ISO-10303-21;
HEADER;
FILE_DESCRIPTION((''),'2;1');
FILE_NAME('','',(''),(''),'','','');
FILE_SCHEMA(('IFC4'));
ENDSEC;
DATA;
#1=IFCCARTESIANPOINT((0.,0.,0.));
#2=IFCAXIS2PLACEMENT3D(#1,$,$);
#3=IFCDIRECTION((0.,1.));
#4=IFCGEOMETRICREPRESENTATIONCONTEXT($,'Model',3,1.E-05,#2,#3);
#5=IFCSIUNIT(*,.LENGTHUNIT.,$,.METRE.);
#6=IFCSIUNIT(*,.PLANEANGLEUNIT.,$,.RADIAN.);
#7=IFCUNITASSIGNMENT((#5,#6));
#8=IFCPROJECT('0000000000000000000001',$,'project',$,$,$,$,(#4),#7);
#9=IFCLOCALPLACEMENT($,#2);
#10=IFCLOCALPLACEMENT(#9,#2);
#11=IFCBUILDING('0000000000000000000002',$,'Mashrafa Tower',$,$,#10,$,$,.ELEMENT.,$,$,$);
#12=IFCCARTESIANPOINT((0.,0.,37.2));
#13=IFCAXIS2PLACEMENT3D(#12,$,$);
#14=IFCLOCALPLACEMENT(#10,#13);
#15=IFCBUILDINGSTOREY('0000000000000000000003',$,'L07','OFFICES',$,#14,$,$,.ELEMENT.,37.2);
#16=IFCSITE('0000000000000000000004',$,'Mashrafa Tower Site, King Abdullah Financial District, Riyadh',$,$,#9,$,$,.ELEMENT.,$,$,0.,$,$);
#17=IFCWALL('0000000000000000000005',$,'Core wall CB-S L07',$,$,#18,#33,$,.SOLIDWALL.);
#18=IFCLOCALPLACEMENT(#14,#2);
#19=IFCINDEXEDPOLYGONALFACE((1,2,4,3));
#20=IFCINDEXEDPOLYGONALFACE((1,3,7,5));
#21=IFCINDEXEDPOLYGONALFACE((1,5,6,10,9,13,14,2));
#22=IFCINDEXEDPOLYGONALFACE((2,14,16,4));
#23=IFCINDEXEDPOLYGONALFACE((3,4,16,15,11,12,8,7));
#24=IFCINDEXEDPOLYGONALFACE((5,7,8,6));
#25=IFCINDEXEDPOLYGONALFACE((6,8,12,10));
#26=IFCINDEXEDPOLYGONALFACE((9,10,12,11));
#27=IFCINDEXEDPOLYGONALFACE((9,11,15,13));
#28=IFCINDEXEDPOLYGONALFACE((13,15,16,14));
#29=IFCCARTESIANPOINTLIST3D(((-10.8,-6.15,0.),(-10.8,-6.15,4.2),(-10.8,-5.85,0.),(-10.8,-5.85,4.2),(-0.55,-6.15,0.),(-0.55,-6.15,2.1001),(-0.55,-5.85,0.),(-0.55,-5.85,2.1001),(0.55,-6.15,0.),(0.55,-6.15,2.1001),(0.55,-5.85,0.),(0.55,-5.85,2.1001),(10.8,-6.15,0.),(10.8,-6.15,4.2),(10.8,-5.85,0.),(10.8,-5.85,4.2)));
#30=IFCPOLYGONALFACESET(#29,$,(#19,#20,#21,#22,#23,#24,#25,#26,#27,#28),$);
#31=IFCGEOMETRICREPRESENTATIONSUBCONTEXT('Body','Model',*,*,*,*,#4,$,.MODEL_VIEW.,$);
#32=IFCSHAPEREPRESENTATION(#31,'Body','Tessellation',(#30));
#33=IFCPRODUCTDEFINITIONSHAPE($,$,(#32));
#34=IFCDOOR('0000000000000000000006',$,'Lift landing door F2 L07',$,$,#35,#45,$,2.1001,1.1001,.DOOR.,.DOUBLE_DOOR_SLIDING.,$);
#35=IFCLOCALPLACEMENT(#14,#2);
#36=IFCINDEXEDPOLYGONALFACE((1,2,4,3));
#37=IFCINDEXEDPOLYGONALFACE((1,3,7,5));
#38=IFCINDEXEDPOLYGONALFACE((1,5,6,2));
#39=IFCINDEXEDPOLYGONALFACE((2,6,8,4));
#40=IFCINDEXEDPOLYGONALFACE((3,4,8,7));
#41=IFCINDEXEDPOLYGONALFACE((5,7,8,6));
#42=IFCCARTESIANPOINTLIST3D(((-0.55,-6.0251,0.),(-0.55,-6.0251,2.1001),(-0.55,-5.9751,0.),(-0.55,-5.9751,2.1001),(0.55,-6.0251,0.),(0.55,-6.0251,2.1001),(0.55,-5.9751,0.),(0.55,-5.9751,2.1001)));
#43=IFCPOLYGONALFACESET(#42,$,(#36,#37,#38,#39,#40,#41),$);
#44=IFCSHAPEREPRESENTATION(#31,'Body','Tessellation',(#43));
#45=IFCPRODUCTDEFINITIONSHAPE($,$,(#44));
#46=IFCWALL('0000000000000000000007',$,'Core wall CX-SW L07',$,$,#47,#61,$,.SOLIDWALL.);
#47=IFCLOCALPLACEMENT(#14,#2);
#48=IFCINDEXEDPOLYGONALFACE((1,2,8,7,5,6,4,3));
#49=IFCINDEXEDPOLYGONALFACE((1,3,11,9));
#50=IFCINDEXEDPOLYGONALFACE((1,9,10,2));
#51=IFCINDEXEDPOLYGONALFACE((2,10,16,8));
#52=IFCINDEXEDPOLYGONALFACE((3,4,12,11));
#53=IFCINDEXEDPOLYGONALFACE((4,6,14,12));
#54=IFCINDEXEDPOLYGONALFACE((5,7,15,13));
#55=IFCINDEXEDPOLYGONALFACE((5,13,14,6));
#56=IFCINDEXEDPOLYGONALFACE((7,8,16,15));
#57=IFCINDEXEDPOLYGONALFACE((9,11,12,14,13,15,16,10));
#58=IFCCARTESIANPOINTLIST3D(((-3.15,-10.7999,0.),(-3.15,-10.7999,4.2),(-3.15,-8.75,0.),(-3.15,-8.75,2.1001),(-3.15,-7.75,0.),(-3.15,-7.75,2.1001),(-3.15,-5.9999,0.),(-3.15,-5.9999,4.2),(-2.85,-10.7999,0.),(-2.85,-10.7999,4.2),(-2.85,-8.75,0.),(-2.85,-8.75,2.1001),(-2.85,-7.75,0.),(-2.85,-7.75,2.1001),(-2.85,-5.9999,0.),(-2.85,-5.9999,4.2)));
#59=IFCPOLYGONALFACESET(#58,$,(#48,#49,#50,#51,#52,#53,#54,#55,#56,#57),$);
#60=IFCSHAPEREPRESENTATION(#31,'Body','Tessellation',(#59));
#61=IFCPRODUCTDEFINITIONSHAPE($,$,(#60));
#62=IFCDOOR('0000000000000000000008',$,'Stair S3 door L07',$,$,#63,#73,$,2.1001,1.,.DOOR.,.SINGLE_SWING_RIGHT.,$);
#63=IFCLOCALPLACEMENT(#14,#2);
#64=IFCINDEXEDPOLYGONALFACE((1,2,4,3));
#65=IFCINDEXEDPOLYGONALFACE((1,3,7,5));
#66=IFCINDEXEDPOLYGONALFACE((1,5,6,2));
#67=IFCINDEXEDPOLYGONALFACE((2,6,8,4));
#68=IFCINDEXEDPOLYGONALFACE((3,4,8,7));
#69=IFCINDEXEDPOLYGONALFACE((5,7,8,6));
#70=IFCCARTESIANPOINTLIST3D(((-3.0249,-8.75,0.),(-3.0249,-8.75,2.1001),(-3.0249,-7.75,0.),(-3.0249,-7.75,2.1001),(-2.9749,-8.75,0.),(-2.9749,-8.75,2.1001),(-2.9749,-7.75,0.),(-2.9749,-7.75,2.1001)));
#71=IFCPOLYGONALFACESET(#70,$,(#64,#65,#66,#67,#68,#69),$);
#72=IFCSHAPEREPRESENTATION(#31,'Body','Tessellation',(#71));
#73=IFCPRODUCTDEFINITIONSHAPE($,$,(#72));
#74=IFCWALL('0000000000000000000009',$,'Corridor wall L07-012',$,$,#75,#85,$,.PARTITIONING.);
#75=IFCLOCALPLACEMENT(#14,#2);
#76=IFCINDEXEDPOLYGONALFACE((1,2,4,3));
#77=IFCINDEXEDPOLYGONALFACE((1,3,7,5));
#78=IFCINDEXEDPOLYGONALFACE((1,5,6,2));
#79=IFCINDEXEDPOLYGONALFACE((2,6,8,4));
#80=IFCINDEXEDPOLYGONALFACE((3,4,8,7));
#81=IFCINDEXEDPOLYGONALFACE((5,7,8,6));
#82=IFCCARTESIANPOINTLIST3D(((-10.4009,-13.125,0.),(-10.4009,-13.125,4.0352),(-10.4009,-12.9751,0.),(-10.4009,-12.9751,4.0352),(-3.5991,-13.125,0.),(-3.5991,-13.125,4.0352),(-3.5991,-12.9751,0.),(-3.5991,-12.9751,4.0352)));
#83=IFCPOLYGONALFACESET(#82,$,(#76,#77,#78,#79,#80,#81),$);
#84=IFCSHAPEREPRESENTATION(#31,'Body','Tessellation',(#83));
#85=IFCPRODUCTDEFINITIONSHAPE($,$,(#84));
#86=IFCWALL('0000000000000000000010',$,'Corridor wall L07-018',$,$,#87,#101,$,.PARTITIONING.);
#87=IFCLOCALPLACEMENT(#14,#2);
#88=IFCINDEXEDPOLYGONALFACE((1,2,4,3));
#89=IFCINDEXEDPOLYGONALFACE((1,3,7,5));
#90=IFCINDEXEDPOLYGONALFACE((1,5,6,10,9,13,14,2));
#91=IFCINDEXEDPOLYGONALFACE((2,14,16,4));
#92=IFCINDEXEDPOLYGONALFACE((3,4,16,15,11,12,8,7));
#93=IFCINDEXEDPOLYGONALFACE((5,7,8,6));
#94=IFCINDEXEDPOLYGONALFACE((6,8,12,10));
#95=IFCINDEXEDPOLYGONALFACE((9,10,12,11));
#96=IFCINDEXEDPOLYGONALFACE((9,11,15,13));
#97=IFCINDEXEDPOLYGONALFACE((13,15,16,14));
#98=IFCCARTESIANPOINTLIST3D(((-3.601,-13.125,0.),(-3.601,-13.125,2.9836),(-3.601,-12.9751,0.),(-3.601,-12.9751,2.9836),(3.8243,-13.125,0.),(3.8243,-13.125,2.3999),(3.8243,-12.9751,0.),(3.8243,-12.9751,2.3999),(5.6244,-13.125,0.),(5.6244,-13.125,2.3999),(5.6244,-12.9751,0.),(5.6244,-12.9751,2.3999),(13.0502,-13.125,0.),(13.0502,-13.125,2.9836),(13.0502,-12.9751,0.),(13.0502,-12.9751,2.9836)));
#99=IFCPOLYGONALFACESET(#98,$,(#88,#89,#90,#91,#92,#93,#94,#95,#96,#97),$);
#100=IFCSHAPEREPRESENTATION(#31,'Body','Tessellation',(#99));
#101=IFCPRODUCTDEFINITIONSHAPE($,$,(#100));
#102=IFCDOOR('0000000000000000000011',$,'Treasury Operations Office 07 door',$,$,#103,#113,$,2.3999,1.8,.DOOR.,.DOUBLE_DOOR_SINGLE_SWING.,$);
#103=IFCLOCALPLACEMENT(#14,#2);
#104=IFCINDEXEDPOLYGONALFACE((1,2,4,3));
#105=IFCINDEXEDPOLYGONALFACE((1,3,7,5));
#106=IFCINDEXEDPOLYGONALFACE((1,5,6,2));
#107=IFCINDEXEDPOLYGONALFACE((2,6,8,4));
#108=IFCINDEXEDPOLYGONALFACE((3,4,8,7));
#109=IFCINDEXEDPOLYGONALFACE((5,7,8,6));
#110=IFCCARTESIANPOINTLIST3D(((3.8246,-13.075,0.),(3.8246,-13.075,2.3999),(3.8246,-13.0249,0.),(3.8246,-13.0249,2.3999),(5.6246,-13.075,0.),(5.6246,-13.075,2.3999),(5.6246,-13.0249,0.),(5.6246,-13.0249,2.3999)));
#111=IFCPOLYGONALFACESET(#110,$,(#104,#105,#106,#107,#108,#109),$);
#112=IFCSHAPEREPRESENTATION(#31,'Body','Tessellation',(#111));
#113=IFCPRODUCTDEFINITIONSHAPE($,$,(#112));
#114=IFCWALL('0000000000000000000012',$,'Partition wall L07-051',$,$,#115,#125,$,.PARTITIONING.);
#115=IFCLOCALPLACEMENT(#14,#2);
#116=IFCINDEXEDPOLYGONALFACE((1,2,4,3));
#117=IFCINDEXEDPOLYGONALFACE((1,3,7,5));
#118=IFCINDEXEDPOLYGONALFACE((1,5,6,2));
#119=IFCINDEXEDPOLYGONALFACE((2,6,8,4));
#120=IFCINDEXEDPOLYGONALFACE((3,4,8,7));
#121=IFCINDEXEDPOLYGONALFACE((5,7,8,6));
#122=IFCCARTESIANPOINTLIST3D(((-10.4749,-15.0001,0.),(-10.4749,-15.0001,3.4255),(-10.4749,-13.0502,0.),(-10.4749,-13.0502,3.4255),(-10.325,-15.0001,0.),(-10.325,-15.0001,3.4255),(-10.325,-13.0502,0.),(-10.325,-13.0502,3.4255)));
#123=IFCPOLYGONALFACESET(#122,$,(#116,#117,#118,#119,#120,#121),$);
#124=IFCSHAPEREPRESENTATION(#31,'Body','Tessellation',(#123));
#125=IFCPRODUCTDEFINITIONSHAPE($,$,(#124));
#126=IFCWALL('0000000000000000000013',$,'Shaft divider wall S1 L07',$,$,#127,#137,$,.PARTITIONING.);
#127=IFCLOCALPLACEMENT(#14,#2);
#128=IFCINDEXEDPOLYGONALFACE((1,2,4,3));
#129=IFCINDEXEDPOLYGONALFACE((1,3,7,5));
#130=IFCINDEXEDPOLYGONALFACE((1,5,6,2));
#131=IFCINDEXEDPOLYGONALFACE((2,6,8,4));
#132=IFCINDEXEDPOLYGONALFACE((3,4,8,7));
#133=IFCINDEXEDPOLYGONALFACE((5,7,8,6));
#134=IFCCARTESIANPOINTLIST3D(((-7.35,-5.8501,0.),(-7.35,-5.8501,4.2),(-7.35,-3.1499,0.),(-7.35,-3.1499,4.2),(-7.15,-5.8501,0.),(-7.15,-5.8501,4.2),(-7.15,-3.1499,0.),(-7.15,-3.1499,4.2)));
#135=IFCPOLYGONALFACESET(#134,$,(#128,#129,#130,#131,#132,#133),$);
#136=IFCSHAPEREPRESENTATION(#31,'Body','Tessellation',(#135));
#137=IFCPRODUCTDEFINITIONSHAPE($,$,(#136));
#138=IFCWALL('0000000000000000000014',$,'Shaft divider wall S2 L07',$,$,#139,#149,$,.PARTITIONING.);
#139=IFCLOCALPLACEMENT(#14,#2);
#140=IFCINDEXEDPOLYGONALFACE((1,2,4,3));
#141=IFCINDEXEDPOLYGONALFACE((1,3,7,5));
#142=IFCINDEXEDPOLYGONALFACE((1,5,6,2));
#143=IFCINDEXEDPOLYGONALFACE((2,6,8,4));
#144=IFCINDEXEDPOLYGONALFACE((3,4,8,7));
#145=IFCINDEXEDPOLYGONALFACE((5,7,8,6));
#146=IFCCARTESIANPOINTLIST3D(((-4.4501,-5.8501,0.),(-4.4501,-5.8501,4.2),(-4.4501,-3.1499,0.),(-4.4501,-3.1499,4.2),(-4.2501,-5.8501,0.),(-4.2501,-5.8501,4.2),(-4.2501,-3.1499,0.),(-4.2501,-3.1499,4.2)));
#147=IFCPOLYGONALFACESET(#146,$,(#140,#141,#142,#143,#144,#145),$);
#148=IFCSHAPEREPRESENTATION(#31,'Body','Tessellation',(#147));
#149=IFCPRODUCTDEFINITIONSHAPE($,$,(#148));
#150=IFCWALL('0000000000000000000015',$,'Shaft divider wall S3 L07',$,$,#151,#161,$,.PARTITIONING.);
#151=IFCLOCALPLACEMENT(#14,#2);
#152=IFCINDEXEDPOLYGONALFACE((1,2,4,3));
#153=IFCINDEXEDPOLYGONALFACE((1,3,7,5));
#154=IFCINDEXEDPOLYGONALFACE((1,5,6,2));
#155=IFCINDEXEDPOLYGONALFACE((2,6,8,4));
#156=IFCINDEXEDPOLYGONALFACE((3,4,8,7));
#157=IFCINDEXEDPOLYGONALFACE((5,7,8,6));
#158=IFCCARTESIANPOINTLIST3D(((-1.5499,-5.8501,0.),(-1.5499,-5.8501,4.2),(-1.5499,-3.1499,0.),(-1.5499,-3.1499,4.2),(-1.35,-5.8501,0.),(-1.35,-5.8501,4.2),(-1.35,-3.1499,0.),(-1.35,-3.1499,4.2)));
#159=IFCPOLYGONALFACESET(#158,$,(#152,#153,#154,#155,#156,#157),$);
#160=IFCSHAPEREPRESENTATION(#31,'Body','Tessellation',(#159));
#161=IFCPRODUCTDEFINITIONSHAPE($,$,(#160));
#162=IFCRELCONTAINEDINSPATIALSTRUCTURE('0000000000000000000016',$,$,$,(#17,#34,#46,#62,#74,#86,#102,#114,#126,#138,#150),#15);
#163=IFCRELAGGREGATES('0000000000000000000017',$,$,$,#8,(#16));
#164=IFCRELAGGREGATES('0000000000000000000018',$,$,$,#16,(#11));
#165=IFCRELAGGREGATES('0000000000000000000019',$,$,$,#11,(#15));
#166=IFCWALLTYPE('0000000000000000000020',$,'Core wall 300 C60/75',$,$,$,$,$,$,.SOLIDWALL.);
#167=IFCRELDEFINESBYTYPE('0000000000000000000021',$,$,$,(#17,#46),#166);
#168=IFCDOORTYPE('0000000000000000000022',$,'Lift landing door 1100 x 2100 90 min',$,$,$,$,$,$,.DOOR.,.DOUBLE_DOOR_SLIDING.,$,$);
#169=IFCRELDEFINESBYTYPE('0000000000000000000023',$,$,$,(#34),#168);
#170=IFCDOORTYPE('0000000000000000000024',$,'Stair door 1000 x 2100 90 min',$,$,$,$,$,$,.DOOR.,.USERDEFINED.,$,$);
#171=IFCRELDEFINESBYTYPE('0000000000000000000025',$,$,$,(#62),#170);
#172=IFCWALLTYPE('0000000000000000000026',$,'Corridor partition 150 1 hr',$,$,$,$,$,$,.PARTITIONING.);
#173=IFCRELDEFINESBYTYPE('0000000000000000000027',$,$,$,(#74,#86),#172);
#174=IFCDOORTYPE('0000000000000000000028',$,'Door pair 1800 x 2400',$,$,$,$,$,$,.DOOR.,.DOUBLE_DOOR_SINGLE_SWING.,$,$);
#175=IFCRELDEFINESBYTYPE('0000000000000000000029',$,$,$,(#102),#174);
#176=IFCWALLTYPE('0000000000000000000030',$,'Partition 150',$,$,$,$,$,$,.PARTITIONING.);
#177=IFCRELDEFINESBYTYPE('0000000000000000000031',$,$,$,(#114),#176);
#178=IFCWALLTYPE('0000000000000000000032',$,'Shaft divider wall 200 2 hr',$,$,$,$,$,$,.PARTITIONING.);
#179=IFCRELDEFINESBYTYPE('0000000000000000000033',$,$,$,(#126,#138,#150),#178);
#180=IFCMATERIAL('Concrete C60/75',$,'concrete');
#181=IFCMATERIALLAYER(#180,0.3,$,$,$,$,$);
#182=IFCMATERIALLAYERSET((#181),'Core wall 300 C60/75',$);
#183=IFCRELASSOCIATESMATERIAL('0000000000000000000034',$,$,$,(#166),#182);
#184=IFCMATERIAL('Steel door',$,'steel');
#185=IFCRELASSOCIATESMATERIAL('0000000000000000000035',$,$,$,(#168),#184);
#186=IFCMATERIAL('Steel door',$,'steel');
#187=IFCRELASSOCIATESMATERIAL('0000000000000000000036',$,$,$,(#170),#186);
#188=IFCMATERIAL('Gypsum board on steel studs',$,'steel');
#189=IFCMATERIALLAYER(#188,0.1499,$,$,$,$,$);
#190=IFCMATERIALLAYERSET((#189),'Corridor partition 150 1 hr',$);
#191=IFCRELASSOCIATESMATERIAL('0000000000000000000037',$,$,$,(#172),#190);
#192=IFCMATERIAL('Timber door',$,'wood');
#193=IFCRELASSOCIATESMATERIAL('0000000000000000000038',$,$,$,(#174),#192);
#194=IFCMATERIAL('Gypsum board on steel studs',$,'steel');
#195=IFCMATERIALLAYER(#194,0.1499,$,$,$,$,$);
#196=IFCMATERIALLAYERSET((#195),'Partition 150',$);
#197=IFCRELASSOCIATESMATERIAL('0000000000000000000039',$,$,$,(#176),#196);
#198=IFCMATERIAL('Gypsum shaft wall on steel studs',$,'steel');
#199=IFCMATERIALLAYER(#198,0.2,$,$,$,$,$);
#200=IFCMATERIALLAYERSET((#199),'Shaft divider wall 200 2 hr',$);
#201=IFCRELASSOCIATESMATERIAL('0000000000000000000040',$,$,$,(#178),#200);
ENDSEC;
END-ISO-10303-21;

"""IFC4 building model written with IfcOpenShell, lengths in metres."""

from ifc_helpers import new_model, si_unit, direction, frame, frame_2d, origin, place, context, subcontext, project, spatial, rectangle, extrude, material, layer, layer_set, type_object, element, fill, save


model = new_model("IFC4")

# Units and contexts
model_context = context("Model", 3, precision=1e-05, world=origin(), true_north=direction((0.0, 1.0)))
body_context = subcontext(model_context, "Body", "Model", "MODEL_VIEW")
ifc_project = project(units=[si_unit("LENGTHUNIT", "METRE"), si_unit("PLANEANGLEUNIT", "RADIAN")], contexts=[model_context])

# Site, building, storey
site_placement = place(None, origin())
site = spatial("IfcSite", under=ifc_project, at=site_placement, Name="Mashrafa Tower Site, King Abdullah Financial District, Riyadh", CompositionType="ELEMENT", RefElevation=0.0)
building_placement = place(site_placement, origin())
building = spatial("IfcBuilding", under=site, at=building_placement, Name="Mashrafa Tower", CompositionType="ELEMENT")
storey_placement = place(building_placement, frame((0.0, 0.0, 37.2)))
storey = spatial("IfcBuildingStorey", under=building, at=storey_placement, Name="L07", Description="OFFICES", CompositionType="ELEMENT", Elevation=37.2)

# Shared definitions
ifc_material_1 = material(Name="Concrete C60/75", Category="concrete")
ifc_layer_1 = layer(ifc_material_1, 0.3)
ifc_layer_set_1 = layer_set([ifc_layer_1], Name="Core wall 300 C60/75")
wall_type_1 = type_object("IfcWallType", Name="Core wall 300 C60/75", PredefinedType="SOLIDWALL", material=ifc_layer_set_1)

# Walls, openings, doors
wall_1_placement = place(storey_placement, frame((-10.8, -6.0, 0.0), z_axis=(0.0, 0.0, 1.0), x_axis=(1.0, 0.0, 0.0)))
wall_1 = element("IfcWall", 1, at=wall_1_placement, inside=storey, type_object=wall_type_1, Name="Core wall CB-S L07", PredefinedType="SOLIDWALL", context=body_context, shape_type="SweptSolid", body=[
    extrude(rectangle(XDim=21.6001, YDim=0.3, at=frame_2d((10.8, 0.0))), origin(), (0.0, 0.0, 1.0), 4.2),
])
opening_1_placement = place(wall_1_placement, frame((10.25, 0.0, 0.0)))
opening_1 = element("IfcOpeningElement", 2, at=opening_1_placement, cuts=wall_1, PredefinedType="OPENING", context=body_context, shape_type="SweptSolid", body=[
    extrude(rectangle(XDim=1.1001, YDim=2.1001, at=frame_2d((0.55, 1.05))), frame((0.0, 0.1599, 0.0), z_axis=(0.0, -1.0, 0.0), x_axis=(1.0, 0.0, 0.0)), (0.0, 0.0, 1.0), 0.3201),
])
ifc_material_2 = material(Name="Steel door", Category="steel")
door_type_1 = type_object("IfcDoorType", Name="Lift landing door 1100 x 2100 90 min", OperationType="DOUBLE_DOOR_SLIDING", PredefinedType="DOOR", material=ifc_material_2)
door_1_placement = place(opening_1_placement, origin())
door_1 = element("IfcDoor", 3, at=door_1_placement, inside=storey, type_object=door_type_1, Name="Lift landing door F2 L07", OperationType="DOUBLE_DOOR_SLIDING", OverallHeight=2.1001, OverallWidth=1.1001, PredefinedType="DOOR", context=body_context, shape_type="SweptSolid", body=[
    extrude(rectangle(XDim=1.1001, YDim=2.1001, at=frame_2d((0.55, 1.05))), frame((0.0, 0.0249, 0.0), z_axis=(0.0, -1.0, 0.0), x_axis=(1.0, 0.0, 0.0)), (0.0, 0.0, 1.0), 0.05),
])
fill(opening_1, door_1)
wall_2_placement = place(storey_placement, frame((-3.0, -6.0, 0.0), z_axis=(0.0, 0.0, 1.0), x_axis=(0.0, -1.0, 0.0)))
wall_2 = element("IfcWall", 4, at=wall_2_placement, inside=storey, type_object=wall_type_1, Name="Core wall CX-SW L07", PredefinedType="SOLIDWALL", context=body_context, shape_type="SweptSolid", body=[
    extrude(rectangle(XDim=4.8, YDim=0.3, at=frame_2d((2.3999, 0.0))), origin(), (0.0, 0.0, 1.0), 4.2),
])
opening_2_placement = place(wall_2_placement, frame((1.75, 0.0, 0.0)))
opening_2 = element("IfcOpeningElement", 5, at=opening_2_placement, cuts=wall_2, PredefinedType="OPENING", context=body_context, shape_type="SweptSolid", body=[
    extrude(rectangle(XDim=1.0, YDim=2.1001, at=frame_2d((0.5, 1.05))), frame((0.0, 0.1599, 0.0), z_axis=(0.0, -1.0, 0.0), x_axis=(1.0, 0.0, 0.0)), (0.0, 0.0, 1.0), 0.3201),
])
ifc_material_3 = material(Name="Steel door", Category="steel")
door_type_2 = type_object("IfcDoorType", Name="Stair door 1000 x 2100 90 min", OperationType="USERDEFINED", PredefinedType="DOOR", material=ifc_material_3)
door_2_placement = place(opening_2_placement, frame((1.0, 0.0, 0.0), z_axis=(0.0, 0.0, 1.0), x_axis=(-1.0, 0.0, 0.0)))
door_2 = element("IfcDoor", 6, at=door_2_placement, inside=storey, type_object=door_type_2, Name="Stair S3 door L07", OperationType="SINGLE_SWING_RIGHT", OverallHeight=2.1001, OverallWidth=1.0, PredefinedType="DOOR", context=body_context, shape_type="SweptSolid", body=[
    extrude(rectangle(XDim=1.0, YDim=2.1001, at=frame_2d((0.5, 1.05))), frame((0.0, 0.0249, 0.0), z_axis=(0.0, -1.0, 0.0), x_axis=(1.0, 0.0, 0.0)), (0.0, 0.0, 1.0), 0.05),
])
fill(opening_2, door_2)

# Wall
ifc_material_4 = material(Name="Gypsum board on steel studs", Category="steel")
ifc_layer_2 = layer(ifc_material_4, 0.1499)
ifc_layer_set_2 = layer_set([ifc_layer_2], Name="Corridor partition 150 1 hr")
wall_type_2 = type_object("IfcWallType", Name="Corridor partition 150 1 hr", PredefinedType="PARTITIONING", material=ifc_layer_set_2)
wall_3_placement = place(storey_placement, frame((-10.4009, -13.05, 0.0), z_axis=(0.0, 0.0, 1.0), x_axis=(1.0, 0.0, 0.0)))
element("IfcWall", 7, at=wall_3_placement, inside=storey, type_object=wall_type_2, Name="Corridor wall L07-012", PredefinedType="PARTITIONING", context=body_context, shape_type="SweptSolid", body=[
    extrude(rectangle(XDim=6.8018, YDim=0.1499, at=frame_2d((3.4009, 0.0))), origin(), (0.0, 0.0, 1.0), 4.0352),
])

# Wall, opening, door
wall_4_placement = place(storey_placement, frame((-3.6011, -13.05, 0.0), z_axis=(0.0, 0.0, 1.0), x_axis=(1.0, 0.0, 0.0)))
wall_4 = element("IfcWall", 8, at=wall_4_placement, inside=storey, type_object=wall_type_2, Name="Corridor wall L07-018", PredefinedType="PARTITIONING", context=body_context, shape_type="SweptSolid", body=[
    extrude(rectangle(XDim=16.6511, YDim=0.1499, at=frame_2d((8.3257, 0.0))), origin(), (0.0, 0.0, 1.0), 2.9836),
])
opening_3_placement = place(wall_4_placement, frame((7.4255, 0.0, 0.0)))
opening_3 = element("IfcOpeningElement", 9, at=opening_3_placement, cuts=wall_4, PredefinedType="OPENING", context=body_context, shape_type="SweptSolid", body=[
    extrude(rectangle(XDim=1.8, YDim=2.3999, at=frame_2d((0.8999, 1.2))), frame((0.0, 0.085, 0.0), z_axis=(0.0, -1.0, 0.0), x_axis=(1.0, 0.0, 0.0)), (0.0, 0.0, 1.0), 0.1699),
])
ifc_material_5 = material(Name="Timber door", Category="wood")
door_type_3 = type_object("IfcDoorType", Name="Door pair 1800 x 2400", OperationType="DOUBLE_DOOR_SINGLE_SWING", PredefinedType="DOOR", material=ifc_material_5)
door_3_placement = place(opening_3_placement, frame((1.8, 0.0, 0.0), z_axis=(0.0, 0.0, 1.0), x_axis=(-1.0, 0.0, 0.0)))
door_3 = element("IfcDoor", 10, at=door_3_placement, inside=storey, type_object=door_type_3, Name="Treasury Operations Office 07 door", OperationType="DOUBLE_DOOR_SINGLE_SWING", OverallHeight=2.3999, OverallWidth=1.8, PredefinedType="DOOR", context=body_context, shape_type="SweptSolid", body=[
    extrude(rectangle(XDim=1.8, YDim=2.3999, at=frame_2d((0.8999, 1.2))), frame((0.0, 0.0249, 0.0), z_axis=(0.0, -1.0, 0.0), x_axis=(1.0, 0.0, 0.0)), (0.0, 0.0, 1.0), 0.05),
])
fill(opening_3, door_3)

# Walls
ifc_material_6 = material(Name="Gypsum board on steel studs", Category="steel")
ifc_layer_3 = layer(ifc_material_6, 0.1499)
ifc_layer_set_3 = layer_set([ifc_layer_3], Name="Partition 150")
wall_type_3 = type_object("IfcWallType", Name="Partition 150", PredefinedType="PARTITIONING", material=ifc_layer_set_3)
wall_5_placement = place(storey_placement, frame((-10.3999, -13.05, 0.0), z_axis=(0.0, 0.0, 1.0), x_axis=(0.0, -1.0, 0.0)))
element("IfcWall", 11, at=wall_5_placement, inside=storey, type_object=wall_type_3, Name="Partition wall L07-051", PredefinedType="PARTITIONING", context=body_context, shape_type="SweptSolid", body=[
    extrude(rectangle(XDim=1.95, YDim=0.1499, at=frame_2d((0.9751, 0.0))), origin(), (0.0, 0.0, 1.0), 3.4255),
])
ifc_material_7 = material(Name="Gypsum shaft wall on steel studs", Category="steel")
ifc_layer_4 = layer(ifc_material_7, 0.2)
ifc_layer_set_4 = layer_set([ifc_layer_4], Name="Shaft divider wall 200 2 hr")
wall_type_4 = type_object("IfcWallType", Name="Shaft divider wall 200 2 hr", PredefinedType="PARTITIONING", material=ifc_layer_set_4)
for number, where, z_axis, x_axis, name in (
    (12, (-7.25, -5.8501, 0.0), (0.0, 0.0, 1.0), (0.0, 1.0, 0.0), "Shaft divider wall S1 L07"),
    (13, (-4.3501, -5.8501, 0.0), (0.0, 0.0, 1.0), (0.0, 1.0, 0.0), "Shaft divider wall S2 L07"),
    (14, (-1.45, -5.8501, 0.0), (0.0, 0.0, 1.0), (0.0, 1.0, 0.0), "Shaft divider wall S3 L07"),
):
    element("IfcWall", number, at=place(storey_placement, frame(where, z_axis=z_axis, x_axis=x_axis)), inside=storey, type_object=wall_type_4, Name=name, PredefinedType="PARTITIONING", context=body_context, shape_type="SweptSolid", body=[
        extrude(rectangle(XDim=2.7002, YDim=0.2, at=frame_2d((1.3501, 0.0))), origin(), (0.0, 0.0, 1.0), 4.2),
    ])

save(model, "model.ifc")
